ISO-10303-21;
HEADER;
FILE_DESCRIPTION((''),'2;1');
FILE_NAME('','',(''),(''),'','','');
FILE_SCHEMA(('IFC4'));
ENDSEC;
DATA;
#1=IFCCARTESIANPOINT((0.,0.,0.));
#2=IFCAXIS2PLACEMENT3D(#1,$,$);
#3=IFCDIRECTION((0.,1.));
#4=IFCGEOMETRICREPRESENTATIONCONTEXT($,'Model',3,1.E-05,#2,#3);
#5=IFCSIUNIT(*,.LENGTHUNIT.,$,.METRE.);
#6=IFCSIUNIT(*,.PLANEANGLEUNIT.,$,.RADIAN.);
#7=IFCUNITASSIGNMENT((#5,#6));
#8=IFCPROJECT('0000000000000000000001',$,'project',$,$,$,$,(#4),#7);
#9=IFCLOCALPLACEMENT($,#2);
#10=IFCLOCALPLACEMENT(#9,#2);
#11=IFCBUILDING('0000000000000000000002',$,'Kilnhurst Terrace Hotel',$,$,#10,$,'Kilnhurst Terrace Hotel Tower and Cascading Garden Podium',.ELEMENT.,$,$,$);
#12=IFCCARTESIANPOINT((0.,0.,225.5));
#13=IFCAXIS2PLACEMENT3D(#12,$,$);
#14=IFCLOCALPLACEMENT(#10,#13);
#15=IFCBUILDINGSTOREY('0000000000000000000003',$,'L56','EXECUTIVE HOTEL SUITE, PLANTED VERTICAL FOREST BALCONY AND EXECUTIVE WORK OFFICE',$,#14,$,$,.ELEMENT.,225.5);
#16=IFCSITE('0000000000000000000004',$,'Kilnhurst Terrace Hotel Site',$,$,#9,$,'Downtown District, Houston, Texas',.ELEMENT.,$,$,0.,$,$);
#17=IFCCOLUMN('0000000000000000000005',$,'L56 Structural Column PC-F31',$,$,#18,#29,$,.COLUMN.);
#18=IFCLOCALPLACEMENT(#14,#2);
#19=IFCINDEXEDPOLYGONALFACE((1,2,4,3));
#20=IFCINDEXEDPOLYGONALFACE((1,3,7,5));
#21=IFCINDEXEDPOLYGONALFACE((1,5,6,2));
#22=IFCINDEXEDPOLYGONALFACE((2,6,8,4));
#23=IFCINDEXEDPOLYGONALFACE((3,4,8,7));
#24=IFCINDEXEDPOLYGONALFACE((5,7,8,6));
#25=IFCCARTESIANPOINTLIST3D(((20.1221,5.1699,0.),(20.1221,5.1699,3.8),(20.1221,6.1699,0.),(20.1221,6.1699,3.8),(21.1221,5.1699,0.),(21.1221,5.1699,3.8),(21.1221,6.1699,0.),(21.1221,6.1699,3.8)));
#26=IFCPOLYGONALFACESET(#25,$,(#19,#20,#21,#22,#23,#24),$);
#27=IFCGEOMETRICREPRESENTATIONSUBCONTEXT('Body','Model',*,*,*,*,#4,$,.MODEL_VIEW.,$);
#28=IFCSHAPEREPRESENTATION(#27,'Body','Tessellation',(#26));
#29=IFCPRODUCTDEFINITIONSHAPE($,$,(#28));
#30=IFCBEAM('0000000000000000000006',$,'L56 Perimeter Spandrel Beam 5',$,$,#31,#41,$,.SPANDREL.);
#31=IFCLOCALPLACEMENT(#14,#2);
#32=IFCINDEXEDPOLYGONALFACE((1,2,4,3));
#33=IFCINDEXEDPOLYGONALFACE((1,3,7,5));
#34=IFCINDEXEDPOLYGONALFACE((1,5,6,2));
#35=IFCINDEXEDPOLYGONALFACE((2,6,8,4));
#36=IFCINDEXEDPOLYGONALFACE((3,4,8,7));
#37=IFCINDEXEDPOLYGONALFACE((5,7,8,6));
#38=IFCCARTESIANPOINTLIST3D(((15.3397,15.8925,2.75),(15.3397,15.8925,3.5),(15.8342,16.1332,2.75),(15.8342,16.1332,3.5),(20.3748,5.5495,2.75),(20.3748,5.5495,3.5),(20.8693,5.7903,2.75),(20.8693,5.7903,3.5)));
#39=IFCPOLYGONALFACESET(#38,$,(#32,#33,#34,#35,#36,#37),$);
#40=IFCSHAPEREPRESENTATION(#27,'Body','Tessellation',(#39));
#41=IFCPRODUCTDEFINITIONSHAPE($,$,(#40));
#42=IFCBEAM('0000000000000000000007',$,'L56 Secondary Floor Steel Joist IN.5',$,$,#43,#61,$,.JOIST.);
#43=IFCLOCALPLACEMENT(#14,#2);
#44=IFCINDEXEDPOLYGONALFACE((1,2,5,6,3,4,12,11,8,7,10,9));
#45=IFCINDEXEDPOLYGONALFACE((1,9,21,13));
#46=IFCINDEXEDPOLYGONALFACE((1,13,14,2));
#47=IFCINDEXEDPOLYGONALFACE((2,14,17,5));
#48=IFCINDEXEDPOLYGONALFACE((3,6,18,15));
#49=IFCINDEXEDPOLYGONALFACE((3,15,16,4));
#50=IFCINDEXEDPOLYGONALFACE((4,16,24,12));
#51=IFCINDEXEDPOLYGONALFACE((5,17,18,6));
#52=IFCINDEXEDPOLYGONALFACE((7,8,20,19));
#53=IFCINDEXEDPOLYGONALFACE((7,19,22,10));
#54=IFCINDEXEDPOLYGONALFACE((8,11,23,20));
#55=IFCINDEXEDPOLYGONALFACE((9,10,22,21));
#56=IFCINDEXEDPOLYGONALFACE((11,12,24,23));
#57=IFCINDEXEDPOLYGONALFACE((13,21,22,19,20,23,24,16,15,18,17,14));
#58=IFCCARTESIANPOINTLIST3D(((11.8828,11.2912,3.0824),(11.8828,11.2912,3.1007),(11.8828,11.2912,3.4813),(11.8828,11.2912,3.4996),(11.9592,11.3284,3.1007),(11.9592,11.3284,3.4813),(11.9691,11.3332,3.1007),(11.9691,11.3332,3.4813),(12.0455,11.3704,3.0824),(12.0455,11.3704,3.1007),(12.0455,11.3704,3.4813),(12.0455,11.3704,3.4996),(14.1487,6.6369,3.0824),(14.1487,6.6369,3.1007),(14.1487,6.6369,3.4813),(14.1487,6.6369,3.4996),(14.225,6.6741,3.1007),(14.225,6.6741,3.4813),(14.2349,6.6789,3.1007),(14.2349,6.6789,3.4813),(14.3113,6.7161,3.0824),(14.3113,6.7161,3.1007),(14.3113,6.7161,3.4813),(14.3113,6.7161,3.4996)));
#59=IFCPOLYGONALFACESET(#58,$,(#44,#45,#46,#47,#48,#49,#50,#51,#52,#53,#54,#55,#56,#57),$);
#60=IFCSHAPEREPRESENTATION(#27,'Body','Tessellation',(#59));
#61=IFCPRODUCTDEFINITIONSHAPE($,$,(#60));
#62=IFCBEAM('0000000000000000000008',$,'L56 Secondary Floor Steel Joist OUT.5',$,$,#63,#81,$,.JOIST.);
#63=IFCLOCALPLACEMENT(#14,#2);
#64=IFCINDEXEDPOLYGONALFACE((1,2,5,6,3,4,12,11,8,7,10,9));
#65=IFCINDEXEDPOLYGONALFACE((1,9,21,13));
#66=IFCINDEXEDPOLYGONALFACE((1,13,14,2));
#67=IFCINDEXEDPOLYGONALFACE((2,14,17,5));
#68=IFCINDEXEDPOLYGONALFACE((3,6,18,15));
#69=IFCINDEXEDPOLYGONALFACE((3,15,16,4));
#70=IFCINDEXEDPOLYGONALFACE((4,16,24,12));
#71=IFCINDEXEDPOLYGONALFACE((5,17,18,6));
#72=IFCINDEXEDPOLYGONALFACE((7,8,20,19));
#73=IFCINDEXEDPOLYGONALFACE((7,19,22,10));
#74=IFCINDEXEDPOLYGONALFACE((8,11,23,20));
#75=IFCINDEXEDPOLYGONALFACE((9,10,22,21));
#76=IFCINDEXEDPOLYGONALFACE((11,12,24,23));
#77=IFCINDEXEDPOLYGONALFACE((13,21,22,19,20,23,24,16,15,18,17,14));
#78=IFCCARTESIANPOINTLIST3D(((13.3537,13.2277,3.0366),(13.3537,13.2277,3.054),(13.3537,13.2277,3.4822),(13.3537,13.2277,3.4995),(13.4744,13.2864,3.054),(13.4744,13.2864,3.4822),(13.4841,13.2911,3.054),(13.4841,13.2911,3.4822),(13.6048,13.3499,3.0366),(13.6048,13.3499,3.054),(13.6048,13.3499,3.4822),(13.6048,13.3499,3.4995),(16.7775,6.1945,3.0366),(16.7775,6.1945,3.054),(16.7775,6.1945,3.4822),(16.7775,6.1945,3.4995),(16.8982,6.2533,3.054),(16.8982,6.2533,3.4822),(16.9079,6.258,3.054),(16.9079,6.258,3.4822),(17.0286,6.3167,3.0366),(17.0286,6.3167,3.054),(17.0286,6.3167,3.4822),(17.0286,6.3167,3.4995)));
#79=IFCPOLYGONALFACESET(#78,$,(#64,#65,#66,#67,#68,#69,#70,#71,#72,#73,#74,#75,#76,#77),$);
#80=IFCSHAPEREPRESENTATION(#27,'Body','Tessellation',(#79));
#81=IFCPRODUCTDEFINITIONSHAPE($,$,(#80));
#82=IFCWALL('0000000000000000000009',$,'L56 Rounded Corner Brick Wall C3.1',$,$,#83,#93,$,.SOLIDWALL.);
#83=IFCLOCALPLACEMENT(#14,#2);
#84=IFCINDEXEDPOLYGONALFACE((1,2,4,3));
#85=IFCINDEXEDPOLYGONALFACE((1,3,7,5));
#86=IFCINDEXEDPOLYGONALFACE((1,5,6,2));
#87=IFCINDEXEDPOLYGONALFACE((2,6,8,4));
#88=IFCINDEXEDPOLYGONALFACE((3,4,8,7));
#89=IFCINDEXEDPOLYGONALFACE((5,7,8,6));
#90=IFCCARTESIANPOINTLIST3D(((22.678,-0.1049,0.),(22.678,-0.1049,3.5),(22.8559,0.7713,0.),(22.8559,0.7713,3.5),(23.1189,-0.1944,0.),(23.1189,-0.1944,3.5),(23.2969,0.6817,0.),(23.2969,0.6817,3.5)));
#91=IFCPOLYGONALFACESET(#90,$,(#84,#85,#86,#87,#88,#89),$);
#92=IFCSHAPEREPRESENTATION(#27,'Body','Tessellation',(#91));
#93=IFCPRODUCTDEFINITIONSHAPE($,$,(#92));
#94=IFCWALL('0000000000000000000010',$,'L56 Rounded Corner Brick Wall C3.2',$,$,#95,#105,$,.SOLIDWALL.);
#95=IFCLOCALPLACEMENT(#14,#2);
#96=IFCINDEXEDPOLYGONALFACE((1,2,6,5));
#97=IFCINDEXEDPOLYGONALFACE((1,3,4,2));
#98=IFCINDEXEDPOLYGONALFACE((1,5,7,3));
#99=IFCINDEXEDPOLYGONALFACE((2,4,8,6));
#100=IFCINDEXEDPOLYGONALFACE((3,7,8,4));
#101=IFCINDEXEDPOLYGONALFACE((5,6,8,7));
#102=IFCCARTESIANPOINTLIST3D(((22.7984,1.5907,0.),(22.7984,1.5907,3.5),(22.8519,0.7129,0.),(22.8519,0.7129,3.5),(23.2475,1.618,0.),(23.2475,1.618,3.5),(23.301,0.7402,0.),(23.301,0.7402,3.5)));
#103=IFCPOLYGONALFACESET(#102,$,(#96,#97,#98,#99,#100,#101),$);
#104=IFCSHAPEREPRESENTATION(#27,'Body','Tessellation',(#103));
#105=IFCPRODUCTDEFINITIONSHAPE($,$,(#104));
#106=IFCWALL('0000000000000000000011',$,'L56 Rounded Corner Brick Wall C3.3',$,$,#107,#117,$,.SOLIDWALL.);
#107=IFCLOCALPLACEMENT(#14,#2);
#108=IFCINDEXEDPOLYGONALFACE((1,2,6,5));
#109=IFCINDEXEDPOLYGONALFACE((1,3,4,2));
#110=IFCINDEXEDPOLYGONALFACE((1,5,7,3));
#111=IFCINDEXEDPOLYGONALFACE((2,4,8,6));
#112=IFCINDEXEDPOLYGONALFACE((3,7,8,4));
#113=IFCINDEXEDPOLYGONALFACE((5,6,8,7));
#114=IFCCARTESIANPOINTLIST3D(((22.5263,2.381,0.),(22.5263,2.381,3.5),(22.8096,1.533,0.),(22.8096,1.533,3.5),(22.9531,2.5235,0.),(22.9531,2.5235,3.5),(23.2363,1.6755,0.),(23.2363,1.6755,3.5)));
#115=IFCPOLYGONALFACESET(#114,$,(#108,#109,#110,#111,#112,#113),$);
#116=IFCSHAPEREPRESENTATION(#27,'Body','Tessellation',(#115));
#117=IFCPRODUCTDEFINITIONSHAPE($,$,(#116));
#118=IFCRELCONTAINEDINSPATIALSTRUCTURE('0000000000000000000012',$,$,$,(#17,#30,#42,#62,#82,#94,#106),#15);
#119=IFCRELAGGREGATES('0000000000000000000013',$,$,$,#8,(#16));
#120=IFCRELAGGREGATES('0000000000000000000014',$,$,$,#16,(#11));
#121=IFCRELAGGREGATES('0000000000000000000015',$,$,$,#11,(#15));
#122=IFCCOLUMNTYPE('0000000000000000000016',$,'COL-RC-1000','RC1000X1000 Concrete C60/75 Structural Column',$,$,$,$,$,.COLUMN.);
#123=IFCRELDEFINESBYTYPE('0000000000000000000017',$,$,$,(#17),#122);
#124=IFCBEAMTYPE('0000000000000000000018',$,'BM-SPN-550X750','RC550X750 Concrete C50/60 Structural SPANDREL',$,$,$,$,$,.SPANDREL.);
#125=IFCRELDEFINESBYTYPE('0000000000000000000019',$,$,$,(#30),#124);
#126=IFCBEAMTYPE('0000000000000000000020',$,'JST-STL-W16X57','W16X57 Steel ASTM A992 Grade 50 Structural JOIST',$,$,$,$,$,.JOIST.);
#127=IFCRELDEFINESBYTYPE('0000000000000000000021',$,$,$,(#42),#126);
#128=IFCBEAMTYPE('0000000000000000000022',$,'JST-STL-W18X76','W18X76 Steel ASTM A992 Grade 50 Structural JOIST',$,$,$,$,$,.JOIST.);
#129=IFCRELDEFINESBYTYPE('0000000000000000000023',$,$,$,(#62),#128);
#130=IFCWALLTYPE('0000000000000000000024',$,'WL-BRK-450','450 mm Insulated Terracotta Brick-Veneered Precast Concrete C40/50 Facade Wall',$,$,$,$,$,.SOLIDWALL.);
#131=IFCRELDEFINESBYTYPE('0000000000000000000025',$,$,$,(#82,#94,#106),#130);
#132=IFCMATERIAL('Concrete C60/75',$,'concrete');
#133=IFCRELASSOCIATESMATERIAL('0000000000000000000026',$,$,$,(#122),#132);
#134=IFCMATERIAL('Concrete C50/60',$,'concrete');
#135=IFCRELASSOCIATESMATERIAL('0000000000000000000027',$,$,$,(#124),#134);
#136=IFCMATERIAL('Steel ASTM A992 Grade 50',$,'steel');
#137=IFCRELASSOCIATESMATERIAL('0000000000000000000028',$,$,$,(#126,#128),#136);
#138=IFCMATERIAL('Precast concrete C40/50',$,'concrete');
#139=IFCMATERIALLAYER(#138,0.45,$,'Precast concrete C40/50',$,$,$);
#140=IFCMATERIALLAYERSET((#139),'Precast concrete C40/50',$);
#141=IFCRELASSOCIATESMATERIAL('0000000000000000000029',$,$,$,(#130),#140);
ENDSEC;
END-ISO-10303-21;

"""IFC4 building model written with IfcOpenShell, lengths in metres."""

from ifc_helpers import new_model, si_unit, direction, frame, frame_2d, origin, origin_2d, place, context, subcontext, project, spatial, rectangle, i_section, extrude, material, layer, layer_set, material_profile, profile_set, type_object, element, save


model = new_model("IFC4")

# Units and contexts
model_context = context("Model", 3, precision=1e-05, world=origin(), true_north=direction((0.0, 1.0)))
body_context = subcontext(model_context, "Body", "Model", "MODEL_VIEW")
ifc_project = project(units=[si_unit("LENGTHUNIT", "METRE"), si_unit("PLANEANGLEUNIT", "RADIAN")], contexts=[model_context])

# Site, building, storey
site_placement = place(None, origin())
site = spatial("IfcSite", under=ifc_project, at=site_placement, Name="Kilnhurst Terrace Hotel Site", LongName="Downtown District, Houston, Texas", CompositionType="ELEMENT", RefElevation=0.0)
building_placement = place(site_placement, origin())
building = spatial("IfcBuilding", under=site, at=building_placement, Name="Kilnhurst Terrace Hotel", LongName="Kilnhurst Terrace Hotel Tower and Cascading Garden Podium", CompositionType="ELEMENT")
storey_placement = place(building_placement, frame((0.0, 0.0, 225.5)))
storey = spatial("IfcBuildingStorey", under=building, at=storey_placement, Name="L56", Description="EXECUTIVE HOTEL SUITE, PLANTED VERTICAL FOREST BALCONY AND EXECUTIVE WORK OFFICE", CompositionType="ELEMENT", Elevation=225.5)

# Column
ifc_material_1 = material(Name="Concrete C60/75", Category="concrete")
ifc_material_profile_1 = material_profile(ifc_material_1, rectangle(XDim=1.0, YDim=1.0, at=origin_2d()), Name="RC1000X1000")
ifc_profile_set_1 = profile_set([ifc_material_profile_1], Name="Concrete C60/75")
column_type = type_object("IfcColumnType", Name="COL-RC-1000", Description="RC1000X1000 Concrete C60/75 Structural Column", PredefinedType="COLUMN", material=ifc_profile_set_1)
column_placement = place(storey_placement, frame((20.6221, 5.6699, 0.0), z_axis=(0.0, 0.0, 1.0), x_axis=(1.0, 0.0, 0.0)))
element("IfcColumn", 1, at=column_placement, inside=storey, type_object=column_type, Name="L56 Structural Column PC-F31", PredefinedType="COLUMN", context=body_context, shape_type="SweptSolid", body=[
    extrude(rectangle(XDim=1.0, YDim=1.0, at=origin_2d()), origin(), (0.0, 0.0, 1.0), 3.8),
])

# Beams
ifc_material_2 = material(Name="Concrete C50/60", Category="concrete")
ifc_material_profile_2 = material_profile(ifc_material_2, rectangle(XDim=0.55, YDim=0.75, at=origin_2d()), Name="RC550X750")
ifc_profile_set_2 = profile_set([ifc_material_profile_2], Name="Concrete C50/60")
beam_type_1 = type_object("IfcBeamType", Name="BM-SPN-550X750", Description="RC550X750 Concrete C50/60 Structural SPANDREL", PredefinedType="SPANDREL", material=ifc_profile_set_2)
beam_1_placement = place(storey_placement, frame((20.6221, 5.6699, 3.125), z_axis=(-0.437706, 0.899118, 0.0), x_axis=(-0.899118, -0.437706, 0.0)))
element("IfcBeam", 2, at=beam_1_placement, inside=storey, type_object=beam_type_1, Name="L56 Perimeter Spandrel Beam 5", PredefinedType="SPANDREL", context=body_context, shape_type="SweptSolid", body=[
    extrude(rectangle(XDim=0.55, YDim=0.75, at=origin_2d()), origin(), (0.0, 0.0, 1.0), 11.5034),
])
ifc_material_3 = material(Name="Steel ASTM A992 Grade 50", Category="steel")
ifc_material_profile_3 = material_profile(ifc_material_3, i_section(OverallWidth=0.1809, OverallDepth=0.4172, WebThickness=0.011, FlangeThickness=0.0183, at=origin_2d()), Name="W16X57")
ifc_profile_set_3 = profile_set([ifc_material_profile_3], Name="Steel ASTM A992 Grade 50")
beam_type_2 = type_object("IfcBeamType", Name="JST-STL-W16X57", Description="W16X57 Steel ASTM A992 Grade 50 Structural JOIST", PredefinedType="JOIST", material=ifc_profile_set_3)
beam_2_placement = place(storey_placement, frame((14.23, 6.6765, 3.291), z_axis=(-0.437718, 0.899112, 0.0), x_axis=(-0.899112, -0.437718, 0.0)))
element("IfcBeam", 3, at=beam_2_placement, inside=storey, type_object=beam_type_2, Name="L56 Secondary Floor Steel Joist IN.5", PredefinedType="JOIST", context=body_context, shape_type="SweptSolid", body=[
    extrude(i_section(OverallWidth=0.1809, OverallDepth=0.4172, WebThickness=0.011, FlangeThickness=0.0183, at=origin_2d()), origin(), (0.0, 0.0, 1.0), 5.1765),
])
ifc_material_profile_4 = material_profile(ifc_material_3, i_section(OverallWidth=0.2793, OverallDepth=0.4629, WebThickness=0.0107, FlangeThickness=0.0173, at=origin_2d()), Name="W18X76")
ifc_profile_set_4 = profile_set([ifc_material_profile_4], Name="Steel ASTM A992 Grade 50")
beam_type_3 = type_object("IfcBeamType", Name="JST-STL-W18X76", Description="W18X76 Steel ASTM A992 Grade 50 Structural JOIST", PredefinedType="JOIST", material=ifc_profile_set_4)
beam_3_placement = place(storey_placement, frame((16.9031, 6.2556, 3.2681), z_axis=(-0.4377, 0.899121, 0.0), x_axis=(-0.899121, -0.4377, 0.0)))
element("IfcBeam", 4, at=beam_3_placement, inside=storey, type_object=beam_type_3, Name="L56 Secondary Floor Steel Joist OUT.5", PredefinedType="JOIST", context=body_context, shape_type="SweptSolid", body=[
    extrude(i_section(OverallWidth=0.2793, OverallDepth=0.4629, WebThickness=0.0107, FlangeThickness=0.0173, at=origin_2d()), origin(), (0.0, 0.0, 1.0), 7.8223),
])

# Walls
ifc_material_4 = material(Name="Precast concrete C40/50", Category="concrete")
ifc_layer_1 = layer(ifc_material_4, 0.45, Name="Precast concrete C40/50")
ifc_layer_set_1 = layer_set([ifc_layer_1], Name="Precast concrete C40/50")
wall_type_1 = type_object("IfcWallType", Name="WL-BRK-450", Description="450 mm Insulated Terracotta Brick-Veneered Precast Concrete C40/50 Facade Wall", PredefinedType="SOLIDWALL", material=ifc_layer_set_1)
wall_1_placement = place(storey_placement, frame((22.8984, -0.1497, 0.0), z_axis=(0.0, 0.0, 1.0), x_axis=(0.199056, 0.979988, 0.0)))
element("IfcWall", 5, at=wall_1_placement, inside=storey, type_object=wall_type_1, Name="L56 Rounded Corner Brick Wall C3.1", PredefinedType="SOLIDWALL", context=body_context, shape_type="SweptSolid", body=[
    extrude(rectangle(XDim=0.894, YDim=0.45, at=frame_2d((0.447, 0.0))), origin(), (0.0, 0.0, 1.0), 3.5),
])
wall_2_placement = place(storey_placement, frame((23.0764, 0.7266, 0.0), z_axis=(0.0, 0.0, 1.0), x_axis=(-0.060805, 0.99815, 0.0)))
element("IfcWall", 6, at=wall_2_placement, inside=storey, type_object=wall_type_1, Name="L56 Rounded Corner Brick Wall C3.2", PredefinedType="SOLIDWALL", context=body_context, shape_type="SweptSolid", body=[
    extrude(rectangle(XDim=0.8794, YDim=0.45, at=frame_2d((0.4397, 0.0))), origin(), (0.0, 0.0, 1.0), 3.5),
])
wall_3_placement = place(storey_placement, frame((23.0229, 1.6042, 0.0), z_axis=(0.0, 0.0, 1.0), x_axis=(-0.316801, 0.948492, 0.0)))
element("IfcWall", 7, at=wall_3_placement, inside=storey, type_object=wall_type_1, Name="L56 Rounded Corner Brick Wall C3.3", PredefinedType="SOLIDWALL", context=body_context, shape_type="SweptSolid", body=[
    extrude(rectangle(XDim=0.894, YDim=0.45, at=frame_2d((0.447, 0.0))), origin(), (0.0, 0.0, 1.0), 3.5),
])

save(model, "model.ifc")
